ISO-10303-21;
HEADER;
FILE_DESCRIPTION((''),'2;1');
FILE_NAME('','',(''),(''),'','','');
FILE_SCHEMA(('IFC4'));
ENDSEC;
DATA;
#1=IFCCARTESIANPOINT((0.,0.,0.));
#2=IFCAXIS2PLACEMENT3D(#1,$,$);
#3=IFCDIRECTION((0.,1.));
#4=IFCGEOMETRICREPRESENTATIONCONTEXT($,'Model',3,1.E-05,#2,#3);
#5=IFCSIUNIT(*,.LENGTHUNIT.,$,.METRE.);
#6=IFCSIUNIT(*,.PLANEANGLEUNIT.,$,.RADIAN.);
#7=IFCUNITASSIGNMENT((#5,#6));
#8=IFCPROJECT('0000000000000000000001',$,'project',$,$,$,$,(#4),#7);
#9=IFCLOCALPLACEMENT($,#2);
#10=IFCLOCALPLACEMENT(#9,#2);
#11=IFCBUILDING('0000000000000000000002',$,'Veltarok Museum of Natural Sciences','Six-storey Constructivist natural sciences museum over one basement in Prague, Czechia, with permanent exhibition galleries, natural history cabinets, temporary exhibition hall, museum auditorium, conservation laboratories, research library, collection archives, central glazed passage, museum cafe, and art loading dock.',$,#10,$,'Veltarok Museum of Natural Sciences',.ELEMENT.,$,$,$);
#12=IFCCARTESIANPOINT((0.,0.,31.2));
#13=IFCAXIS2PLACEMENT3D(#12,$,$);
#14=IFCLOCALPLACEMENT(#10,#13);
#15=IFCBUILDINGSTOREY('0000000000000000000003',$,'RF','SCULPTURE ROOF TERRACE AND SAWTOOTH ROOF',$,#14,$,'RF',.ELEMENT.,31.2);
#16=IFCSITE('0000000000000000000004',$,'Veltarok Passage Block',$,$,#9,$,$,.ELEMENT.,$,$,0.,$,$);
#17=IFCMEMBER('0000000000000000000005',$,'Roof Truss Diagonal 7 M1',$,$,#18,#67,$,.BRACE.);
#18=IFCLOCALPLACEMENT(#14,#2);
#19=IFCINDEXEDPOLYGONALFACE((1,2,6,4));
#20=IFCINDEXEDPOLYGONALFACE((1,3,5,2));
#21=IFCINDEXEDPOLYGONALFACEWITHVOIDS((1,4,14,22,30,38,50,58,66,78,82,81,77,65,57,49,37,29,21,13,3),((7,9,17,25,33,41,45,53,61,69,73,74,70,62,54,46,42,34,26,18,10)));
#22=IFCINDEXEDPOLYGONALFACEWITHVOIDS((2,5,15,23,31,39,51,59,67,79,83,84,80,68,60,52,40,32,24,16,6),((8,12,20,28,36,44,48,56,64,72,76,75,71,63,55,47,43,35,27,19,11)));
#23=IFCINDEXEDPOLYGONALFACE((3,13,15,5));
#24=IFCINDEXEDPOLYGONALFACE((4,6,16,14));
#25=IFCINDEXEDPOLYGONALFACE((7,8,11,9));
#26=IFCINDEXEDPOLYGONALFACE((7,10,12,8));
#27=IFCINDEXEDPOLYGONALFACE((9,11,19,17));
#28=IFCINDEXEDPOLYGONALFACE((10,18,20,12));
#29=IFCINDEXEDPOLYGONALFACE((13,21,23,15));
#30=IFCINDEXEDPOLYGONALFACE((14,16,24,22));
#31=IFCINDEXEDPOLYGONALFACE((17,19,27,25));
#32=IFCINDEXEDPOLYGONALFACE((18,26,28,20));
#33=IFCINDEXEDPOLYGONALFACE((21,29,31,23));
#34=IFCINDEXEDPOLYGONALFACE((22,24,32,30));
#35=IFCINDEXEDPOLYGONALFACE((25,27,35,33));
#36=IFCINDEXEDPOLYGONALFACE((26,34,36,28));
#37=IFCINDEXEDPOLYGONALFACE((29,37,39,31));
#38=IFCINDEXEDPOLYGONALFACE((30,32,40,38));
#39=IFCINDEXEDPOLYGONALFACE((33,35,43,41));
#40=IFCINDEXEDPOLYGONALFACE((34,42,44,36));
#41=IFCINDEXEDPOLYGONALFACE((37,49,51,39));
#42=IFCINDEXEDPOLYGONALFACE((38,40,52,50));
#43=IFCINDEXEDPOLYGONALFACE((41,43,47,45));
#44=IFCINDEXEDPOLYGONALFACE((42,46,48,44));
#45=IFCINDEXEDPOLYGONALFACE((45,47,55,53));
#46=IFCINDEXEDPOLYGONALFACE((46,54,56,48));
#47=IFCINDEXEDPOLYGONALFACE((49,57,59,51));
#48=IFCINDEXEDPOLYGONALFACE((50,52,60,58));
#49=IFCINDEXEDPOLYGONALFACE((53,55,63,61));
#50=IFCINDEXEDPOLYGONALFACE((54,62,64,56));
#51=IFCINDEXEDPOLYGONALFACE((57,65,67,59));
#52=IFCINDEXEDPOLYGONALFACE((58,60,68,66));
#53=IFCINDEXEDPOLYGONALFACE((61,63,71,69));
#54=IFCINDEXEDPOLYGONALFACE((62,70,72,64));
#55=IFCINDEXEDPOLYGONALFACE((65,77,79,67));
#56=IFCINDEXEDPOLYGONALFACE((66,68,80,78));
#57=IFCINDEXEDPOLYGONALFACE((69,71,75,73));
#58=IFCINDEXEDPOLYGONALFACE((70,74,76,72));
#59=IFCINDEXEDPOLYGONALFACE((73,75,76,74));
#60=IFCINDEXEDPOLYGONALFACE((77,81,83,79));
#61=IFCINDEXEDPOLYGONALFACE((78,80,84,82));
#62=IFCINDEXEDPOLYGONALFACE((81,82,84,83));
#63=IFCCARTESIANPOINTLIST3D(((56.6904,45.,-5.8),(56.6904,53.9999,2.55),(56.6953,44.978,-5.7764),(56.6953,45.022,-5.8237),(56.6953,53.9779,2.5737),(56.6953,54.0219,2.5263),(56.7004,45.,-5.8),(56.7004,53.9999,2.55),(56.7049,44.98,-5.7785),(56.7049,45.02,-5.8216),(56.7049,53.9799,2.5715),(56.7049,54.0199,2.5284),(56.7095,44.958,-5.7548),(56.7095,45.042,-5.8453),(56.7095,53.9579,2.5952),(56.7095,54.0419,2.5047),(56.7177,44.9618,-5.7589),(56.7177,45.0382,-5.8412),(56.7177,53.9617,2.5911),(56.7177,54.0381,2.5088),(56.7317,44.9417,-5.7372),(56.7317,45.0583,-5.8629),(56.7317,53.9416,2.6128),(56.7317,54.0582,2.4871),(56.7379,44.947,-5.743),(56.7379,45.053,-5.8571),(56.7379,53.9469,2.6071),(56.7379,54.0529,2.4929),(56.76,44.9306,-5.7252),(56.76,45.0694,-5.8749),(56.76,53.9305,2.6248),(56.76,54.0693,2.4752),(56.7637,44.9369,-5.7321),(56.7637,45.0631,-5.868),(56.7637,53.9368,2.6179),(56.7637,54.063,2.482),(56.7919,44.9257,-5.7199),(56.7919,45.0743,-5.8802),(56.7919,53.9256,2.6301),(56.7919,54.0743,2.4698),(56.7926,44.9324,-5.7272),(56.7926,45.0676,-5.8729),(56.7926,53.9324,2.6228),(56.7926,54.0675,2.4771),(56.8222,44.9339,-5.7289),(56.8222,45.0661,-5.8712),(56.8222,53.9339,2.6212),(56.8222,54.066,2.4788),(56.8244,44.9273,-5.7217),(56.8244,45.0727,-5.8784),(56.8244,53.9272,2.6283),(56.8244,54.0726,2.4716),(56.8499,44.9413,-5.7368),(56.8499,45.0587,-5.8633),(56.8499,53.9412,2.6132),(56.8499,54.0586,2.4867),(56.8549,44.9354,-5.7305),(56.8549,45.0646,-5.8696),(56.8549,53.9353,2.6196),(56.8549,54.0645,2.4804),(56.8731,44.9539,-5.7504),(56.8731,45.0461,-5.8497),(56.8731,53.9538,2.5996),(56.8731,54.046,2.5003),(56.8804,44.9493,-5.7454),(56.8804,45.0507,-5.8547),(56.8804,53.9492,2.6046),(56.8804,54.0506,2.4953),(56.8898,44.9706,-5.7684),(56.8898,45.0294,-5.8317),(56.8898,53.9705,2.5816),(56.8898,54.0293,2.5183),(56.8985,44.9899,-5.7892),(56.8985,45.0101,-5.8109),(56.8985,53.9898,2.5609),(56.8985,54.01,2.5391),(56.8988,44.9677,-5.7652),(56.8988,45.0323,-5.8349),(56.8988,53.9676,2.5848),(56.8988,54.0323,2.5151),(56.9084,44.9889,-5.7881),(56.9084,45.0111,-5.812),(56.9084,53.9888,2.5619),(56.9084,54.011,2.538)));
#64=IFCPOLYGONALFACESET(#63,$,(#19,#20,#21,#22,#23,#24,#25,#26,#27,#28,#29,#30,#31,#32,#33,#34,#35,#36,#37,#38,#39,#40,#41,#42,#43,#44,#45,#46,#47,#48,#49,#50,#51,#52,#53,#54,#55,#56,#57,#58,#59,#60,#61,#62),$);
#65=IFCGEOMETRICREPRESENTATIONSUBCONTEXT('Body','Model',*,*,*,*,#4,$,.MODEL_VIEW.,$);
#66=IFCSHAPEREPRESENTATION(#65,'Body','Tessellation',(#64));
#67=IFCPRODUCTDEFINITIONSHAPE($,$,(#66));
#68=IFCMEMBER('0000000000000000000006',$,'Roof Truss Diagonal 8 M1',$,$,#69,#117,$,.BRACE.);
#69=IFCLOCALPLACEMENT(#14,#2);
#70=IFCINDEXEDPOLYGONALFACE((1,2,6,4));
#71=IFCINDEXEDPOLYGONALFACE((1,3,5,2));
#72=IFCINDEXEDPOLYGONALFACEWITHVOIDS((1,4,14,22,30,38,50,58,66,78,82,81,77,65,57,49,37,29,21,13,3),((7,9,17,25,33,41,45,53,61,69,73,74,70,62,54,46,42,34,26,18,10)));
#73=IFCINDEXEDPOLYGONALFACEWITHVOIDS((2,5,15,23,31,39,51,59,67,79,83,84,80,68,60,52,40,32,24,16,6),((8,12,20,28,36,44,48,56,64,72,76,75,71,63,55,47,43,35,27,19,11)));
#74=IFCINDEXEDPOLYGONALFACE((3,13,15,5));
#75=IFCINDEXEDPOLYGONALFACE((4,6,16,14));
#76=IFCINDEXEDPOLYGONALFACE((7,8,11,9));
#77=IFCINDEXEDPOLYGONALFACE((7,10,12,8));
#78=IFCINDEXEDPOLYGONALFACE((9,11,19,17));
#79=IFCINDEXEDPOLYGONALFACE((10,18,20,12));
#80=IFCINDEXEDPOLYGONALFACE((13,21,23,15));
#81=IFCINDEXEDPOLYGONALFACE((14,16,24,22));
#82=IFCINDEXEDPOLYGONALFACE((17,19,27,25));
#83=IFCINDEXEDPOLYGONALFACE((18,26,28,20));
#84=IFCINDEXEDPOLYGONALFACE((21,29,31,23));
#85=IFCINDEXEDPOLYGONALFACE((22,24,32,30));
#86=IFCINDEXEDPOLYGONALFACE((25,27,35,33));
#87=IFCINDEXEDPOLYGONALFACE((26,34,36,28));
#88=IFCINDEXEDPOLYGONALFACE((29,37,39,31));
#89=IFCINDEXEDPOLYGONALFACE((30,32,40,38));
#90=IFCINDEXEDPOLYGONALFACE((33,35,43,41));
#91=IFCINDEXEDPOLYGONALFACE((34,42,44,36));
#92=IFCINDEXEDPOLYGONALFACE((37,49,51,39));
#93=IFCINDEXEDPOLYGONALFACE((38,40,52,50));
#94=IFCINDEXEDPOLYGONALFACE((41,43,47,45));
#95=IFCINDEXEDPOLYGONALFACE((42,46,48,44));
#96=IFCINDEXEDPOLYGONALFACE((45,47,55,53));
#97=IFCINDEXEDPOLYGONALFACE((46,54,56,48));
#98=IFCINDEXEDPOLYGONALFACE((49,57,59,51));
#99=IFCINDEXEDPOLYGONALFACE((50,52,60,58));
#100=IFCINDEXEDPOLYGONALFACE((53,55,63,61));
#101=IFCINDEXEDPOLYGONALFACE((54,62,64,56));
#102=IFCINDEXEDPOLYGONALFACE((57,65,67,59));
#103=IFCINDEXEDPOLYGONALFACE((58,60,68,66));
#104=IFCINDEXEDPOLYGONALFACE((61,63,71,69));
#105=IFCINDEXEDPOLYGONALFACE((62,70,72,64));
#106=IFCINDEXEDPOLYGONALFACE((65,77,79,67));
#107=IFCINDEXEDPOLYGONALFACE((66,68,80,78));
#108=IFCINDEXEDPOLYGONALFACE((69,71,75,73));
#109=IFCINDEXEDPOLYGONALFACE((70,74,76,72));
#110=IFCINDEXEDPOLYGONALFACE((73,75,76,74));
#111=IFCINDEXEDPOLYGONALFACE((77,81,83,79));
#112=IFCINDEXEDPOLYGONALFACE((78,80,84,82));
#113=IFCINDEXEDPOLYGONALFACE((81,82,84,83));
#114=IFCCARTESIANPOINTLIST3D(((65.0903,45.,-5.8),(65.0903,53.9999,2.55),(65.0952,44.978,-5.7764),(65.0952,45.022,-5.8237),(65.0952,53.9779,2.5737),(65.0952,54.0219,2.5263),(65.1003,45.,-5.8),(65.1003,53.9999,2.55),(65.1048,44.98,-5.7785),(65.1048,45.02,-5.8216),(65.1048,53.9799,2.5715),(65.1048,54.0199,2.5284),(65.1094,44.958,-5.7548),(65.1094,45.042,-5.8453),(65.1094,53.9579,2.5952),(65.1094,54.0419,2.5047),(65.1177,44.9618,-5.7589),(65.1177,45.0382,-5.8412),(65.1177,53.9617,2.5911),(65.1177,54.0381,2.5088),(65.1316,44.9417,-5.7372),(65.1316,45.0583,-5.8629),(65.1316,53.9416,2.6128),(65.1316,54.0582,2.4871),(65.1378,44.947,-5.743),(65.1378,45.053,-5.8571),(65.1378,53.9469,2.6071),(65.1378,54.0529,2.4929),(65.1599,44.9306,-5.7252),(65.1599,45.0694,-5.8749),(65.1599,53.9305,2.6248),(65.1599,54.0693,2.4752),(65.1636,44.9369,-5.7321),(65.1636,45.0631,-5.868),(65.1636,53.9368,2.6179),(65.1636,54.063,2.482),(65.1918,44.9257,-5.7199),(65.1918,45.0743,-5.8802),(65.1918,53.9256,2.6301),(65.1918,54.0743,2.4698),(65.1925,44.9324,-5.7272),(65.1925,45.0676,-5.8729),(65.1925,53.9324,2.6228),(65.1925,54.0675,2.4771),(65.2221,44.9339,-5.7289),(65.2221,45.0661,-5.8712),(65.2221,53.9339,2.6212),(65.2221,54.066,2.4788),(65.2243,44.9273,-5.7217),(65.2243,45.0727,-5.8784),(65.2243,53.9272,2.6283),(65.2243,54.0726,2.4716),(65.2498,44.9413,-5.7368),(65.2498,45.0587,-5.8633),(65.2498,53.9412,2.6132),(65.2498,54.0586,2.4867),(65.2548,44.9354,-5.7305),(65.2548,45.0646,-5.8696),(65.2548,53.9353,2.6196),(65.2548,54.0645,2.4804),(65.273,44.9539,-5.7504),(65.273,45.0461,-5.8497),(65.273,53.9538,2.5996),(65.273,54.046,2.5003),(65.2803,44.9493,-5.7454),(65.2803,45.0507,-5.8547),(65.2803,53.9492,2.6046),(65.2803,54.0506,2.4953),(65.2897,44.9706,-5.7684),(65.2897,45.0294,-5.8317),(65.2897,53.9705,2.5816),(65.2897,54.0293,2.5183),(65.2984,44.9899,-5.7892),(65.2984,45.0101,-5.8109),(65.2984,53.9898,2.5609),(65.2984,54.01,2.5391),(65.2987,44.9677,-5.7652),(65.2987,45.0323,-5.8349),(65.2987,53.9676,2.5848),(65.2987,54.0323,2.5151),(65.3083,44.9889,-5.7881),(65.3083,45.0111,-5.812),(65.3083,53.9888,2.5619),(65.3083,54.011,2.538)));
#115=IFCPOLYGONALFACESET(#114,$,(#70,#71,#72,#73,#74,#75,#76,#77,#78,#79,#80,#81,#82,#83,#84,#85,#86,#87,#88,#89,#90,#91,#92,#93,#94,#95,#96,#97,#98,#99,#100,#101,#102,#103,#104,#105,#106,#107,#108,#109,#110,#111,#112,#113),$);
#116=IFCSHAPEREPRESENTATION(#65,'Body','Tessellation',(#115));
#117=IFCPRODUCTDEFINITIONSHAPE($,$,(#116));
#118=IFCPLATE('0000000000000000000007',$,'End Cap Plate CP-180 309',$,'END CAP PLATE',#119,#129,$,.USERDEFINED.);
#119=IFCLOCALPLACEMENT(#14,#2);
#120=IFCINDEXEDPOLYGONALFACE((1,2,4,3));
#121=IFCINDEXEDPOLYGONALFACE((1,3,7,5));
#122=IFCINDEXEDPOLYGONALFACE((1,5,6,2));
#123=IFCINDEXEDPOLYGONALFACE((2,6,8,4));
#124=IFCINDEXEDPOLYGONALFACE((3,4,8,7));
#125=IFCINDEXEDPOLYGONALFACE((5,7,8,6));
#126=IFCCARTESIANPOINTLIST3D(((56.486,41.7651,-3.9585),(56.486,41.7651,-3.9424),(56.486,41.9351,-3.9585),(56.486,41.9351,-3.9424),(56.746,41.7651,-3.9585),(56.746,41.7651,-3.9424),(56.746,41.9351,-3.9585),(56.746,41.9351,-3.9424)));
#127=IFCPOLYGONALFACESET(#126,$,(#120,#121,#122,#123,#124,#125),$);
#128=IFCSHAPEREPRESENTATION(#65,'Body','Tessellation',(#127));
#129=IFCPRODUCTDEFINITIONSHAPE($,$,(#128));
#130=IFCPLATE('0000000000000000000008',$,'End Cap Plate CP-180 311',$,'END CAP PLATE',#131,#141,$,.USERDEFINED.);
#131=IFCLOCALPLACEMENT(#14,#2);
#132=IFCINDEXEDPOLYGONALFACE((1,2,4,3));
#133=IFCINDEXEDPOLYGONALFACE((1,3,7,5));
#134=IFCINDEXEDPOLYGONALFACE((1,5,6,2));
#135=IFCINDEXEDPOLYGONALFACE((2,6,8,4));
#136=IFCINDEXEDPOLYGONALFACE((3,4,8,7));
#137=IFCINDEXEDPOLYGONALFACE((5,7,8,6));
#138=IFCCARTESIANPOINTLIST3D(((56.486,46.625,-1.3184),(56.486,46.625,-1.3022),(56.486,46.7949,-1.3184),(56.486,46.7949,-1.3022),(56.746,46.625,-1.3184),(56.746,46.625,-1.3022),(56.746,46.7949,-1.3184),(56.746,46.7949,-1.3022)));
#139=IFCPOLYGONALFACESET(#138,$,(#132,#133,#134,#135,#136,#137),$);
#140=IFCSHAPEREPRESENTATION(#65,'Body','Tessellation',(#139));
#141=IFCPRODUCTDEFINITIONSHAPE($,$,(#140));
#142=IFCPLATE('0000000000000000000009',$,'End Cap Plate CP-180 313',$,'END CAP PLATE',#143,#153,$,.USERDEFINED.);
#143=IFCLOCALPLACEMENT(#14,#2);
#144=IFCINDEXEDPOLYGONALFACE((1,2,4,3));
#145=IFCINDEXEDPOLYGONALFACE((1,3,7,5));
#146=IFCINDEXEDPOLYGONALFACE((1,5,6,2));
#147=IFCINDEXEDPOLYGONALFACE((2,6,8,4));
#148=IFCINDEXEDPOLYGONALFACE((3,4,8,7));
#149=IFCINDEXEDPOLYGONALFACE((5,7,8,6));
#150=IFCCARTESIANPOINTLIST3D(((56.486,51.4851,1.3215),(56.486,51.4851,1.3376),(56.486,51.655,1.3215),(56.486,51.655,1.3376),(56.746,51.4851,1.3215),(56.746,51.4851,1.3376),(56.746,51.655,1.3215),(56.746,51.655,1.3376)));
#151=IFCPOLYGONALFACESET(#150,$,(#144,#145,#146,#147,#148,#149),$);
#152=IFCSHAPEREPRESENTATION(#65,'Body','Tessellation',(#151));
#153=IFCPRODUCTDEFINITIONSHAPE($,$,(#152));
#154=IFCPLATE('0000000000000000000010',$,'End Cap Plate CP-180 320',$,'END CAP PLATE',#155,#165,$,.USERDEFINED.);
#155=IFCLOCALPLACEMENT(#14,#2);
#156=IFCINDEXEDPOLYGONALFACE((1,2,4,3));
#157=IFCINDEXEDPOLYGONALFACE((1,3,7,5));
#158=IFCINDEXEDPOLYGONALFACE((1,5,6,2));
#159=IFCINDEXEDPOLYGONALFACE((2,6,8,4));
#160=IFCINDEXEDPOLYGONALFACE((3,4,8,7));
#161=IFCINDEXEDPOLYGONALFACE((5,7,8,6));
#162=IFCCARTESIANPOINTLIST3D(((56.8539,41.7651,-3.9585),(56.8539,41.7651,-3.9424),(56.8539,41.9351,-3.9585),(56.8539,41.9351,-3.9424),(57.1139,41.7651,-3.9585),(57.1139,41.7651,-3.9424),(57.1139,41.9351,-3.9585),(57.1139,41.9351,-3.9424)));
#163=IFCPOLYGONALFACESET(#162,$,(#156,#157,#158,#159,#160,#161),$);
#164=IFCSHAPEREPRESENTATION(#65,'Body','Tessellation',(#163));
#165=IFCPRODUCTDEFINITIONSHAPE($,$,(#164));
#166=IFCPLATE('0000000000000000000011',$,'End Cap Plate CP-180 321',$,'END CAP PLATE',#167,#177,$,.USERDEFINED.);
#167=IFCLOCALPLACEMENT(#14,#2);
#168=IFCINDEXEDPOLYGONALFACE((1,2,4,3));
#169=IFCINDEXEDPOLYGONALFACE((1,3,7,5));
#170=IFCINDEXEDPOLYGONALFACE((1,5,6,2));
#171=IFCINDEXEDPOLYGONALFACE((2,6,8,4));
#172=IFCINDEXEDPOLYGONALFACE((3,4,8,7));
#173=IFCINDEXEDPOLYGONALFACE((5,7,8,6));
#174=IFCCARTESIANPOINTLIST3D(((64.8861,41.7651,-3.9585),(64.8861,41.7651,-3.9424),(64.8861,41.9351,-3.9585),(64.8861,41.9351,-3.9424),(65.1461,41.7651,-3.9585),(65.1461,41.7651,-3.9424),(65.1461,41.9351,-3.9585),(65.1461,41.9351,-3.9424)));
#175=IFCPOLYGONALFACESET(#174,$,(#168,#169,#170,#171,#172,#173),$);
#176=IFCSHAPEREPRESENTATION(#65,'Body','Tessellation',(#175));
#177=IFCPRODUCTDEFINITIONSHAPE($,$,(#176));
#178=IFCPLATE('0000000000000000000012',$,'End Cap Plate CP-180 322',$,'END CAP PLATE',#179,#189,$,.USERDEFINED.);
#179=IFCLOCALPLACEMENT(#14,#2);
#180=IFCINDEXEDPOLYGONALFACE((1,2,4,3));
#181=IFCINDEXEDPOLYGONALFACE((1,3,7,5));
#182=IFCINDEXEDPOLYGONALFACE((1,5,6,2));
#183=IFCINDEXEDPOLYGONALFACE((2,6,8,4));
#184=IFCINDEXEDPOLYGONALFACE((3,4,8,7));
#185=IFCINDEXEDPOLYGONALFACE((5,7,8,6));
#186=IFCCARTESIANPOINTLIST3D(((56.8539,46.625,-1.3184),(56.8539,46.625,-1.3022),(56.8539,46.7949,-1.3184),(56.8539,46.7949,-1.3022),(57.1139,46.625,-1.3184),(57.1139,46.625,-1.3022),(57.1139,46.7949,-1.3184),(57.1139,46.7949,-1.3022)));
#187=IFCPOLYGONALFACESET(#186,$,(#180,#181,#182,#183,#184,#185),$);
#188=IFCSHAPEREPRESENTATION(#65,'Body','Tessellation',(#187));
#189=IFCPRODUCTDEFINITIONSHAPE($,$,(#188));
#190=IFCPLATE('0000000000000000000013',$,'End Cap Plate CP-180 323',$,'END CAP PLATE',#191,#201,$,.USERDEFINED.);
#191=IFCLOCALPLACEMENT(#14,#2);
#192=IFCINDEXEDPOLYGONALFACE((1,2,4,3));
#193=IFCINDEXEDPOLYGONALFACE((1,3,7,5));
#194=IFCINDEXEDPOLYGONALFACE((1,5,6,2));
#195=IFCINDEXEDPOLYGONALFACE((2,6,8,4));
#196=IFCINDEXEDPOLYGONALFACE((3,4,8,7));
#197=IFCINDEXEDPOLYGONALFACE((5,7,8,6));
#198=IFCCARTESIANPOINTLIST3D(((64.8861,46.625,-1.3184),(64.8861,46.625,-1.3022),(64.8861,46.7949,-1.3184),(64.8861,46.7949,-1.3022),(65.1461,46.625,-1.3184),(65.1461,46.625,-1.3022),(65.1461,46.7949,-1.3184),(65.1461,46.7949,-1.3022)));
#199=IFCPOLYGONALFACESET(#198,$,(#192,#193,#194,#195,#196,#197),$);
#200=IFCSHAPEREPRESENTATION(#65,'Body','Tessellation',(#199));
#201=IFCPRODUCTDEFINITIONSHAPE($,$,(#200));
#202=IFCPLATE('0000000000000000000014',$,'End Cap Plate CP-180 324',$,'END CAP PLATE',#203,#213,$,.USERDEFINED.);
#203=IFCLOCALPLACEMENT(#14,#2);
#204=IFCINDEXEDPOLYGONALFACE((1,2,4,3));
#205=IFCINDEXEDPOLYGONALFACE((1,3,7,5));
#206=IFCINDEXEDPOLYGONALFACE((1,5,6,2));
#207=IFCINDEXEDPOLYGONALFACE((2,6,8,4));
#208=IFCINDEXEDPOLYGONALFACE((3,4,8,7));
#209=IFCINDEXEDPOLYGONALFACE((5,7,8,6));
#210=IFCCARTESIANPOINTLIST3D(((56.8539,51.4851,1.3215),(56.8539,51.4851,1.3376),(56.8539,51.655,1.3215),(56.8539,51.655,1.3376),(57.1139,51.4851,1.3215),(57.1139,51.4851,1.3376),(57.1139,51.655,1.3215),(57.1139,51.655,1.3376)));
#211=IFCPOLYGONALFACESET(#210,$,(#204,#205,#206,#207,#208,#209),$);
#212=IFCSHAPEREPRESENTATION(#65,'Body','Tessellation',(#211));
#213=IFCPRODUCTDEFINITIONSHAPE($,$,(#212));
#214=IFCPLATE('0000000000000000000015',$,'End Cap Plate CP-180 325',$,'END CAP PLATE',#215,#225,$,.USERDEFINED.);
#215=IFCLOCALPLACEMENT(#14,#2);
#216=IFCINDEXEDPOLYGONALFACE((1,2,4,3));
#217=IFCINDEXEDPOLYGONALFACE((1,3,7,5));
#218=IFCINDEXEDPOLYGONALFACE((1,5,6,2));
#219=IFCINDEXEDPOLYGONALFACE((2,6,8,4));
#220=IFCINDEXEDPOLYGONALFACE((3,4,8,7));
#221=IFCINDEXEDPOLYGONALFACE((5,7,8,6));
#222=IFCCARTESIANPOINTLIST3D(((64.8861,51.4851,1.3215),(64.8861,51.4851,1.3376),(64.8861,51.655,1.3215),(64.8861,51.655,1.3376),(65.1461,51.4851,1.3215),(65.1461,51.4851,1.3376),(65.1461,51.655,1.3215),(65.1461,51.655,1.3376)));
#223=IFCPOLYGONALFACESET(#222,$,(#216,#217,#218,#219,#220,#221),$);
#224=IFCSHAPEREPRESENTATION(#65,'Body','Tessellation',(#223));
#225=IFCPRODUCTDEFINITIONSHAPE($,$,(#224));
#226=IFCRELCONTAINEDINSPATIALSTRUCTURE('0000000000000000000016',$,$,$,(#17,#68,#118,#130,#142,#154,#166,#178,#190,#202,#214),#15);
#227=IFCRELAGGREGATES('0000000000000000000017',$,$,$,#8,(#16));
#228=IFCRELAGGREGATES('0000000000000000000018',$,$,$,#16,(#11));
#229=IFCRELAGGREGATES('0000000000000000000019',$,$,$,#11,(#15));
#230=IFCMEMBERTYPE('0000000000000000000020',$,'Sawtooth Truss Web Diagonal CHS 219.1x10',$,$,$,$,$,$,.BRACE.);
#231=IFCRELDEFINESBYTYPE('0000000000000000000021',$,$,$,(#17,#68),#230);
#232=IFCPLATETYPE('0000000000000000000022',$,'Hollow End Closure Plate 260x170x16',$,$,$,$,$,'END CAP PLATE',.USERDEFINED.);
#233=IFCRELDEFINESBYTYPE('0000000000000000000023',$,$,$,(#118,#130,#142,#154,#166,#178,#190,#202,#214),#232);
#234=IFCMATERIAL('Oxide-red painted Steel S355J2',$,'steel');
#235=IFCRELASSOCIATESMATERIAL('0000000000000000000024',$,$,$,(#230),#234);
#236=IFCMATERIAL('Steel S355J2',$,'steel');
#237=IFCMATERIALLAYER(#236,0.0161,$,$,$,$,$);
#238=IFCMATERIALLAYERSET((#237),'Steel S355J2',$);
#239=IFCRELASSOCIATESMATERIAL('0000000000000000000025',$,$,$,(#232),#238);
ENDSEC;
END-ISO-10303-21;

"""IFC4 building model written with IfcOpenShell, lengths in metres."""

from ifc_helpers import new_model, si_unit, direction, frame, origin, origin_2d, place, context, subcontext, project, spatial, rectangle, hollow_circle, extrude, material, layer, layer_set, material_profile, profile_set, type_object, element, save


model = new_model("IFC4")

# Units and contexts
model_context = context("Model", 3, precision=1e-05, world=origin(), true_north=direction((0.0, 1.0)))
body_context = subcontext(model_context, "Body", "Model", "MODEL_VIEW")
ifc_project = project(units=[si_unit("LENGTHUNIT", "METRE"), si_unit("PLANEANGLEUNIT", "RADIAN")], contexts=[model_context])

# Site, building, storey
site_placement = place(None, origin())
site = spatial("IfcSite", under=ifc_project, at=site_placement, Name="Veltarok Passage Block", CompositionType="ELEMENT", RefElevation=0.0)
building_placement = place(site_placement, origin())
building = spatial("IfcBuilding", under=site, at=building_placement, Name="Veltarok Museum of Natural Sciences", Description="Six-storey Constructivist natural sciences museum over one basement in Prague, Czechia, with permanent exhibition galleries, natural history cabinets, temporary exhibition hall, museum auditorium, conservation laboratories, research library, collection archives, central glazed passage, museum cafe, and art loading dock.", LongName="Veltarok Museum of Natural Sciences", CompositionType="ELEMENT")
storey_placement = place(building_placement, frame((0.0, 0.0, 31.2)))
storey = spatial("IfcBuildingStorey", under=building, at=storey_placement, Name="RF", Description="SCULPTURE ROOF TERRACE AND SAWTOOTH ROOF", LongName="RF", CompositionType="ELEMENT", Elevation=31.2)

# Shared definitions
ifc_material_1 = material(Name="Steel S355J2", Category="steel")

# Members
ifc_material_2 = material(Name="Oxide-red painted Steel S355J2", Category="steel")
ifc_material_profile_1 = material_profile(ifc_material_2, hollow_circle(Radius=0.1096, WallThickness=0.01, at=origin_2d()), Name="CHS 219.1x10")
ifc_profile_set_1 = profile_set([ifc_material_profile_1], Name="Oxide-red painted Steel S355J2")
member_type_1 = type_object("IfcMemberType", Name="Sawtooth Truss Web Diagonal CHS 219.1x10", PredefinedType="BRACE", material=ifc_profile_set_1)
for number, where, z_axis, x_axis, name in (
    (1, (56.8, 45.0, -5.8), (0.0, 0.73308, 0.680143), (-1.0, 0.0, 0.0), "Roof Truss Diagonal 7 M1"),
    (2, (65.2, 45.0, -5.8), (0.0, 0.73308, 0.680143), (-1.0, 0.0, 0.0), "Roof Truss Diagonal 8 M1"),
):
    element("IfcMember", number, at=place(storey_placement, frame(where, z_axis=z_axis, x_axis=x_axis)), inside=storey, type_object=member_type_1, Name=name, PredefinedType="BRACE", context=body_context, shape_type="SweptSolid", body=[
        extrude(hollow_circle(Radius=0.1096, WallThickness=0.01, at=origin_2d()), origin(), (0.0, 0.0, 1.0), 12.2769),
    ])

# Plates
ifc_layer_1 = layer(ifc_material_1, 0.0161)
ifc_layer_set_1 = layer_set([ifc_layer_1], Name="Steel S355J2")
plate_type_1 = type_object("IfcPlateType", Name="Hollow End Closure Plate 260x170x16", ElementType="END CAP PLATE", PredefinedType="USERDEFINED", material=ifc_layer_set_1)
for number, where, z_axis, x_axis, name in (
    (3, (56.616, 41.8501, -3.9585), (0.0, 0.0, 1.0), (1.0, 0.0, 0.0), "End Cap Plate CP-180 309"),
    (4, (56.616, 46.71, -1.3184), (0.0, 0.0, 1.0), (1.0, 0.0, 0.0), "End Cap Plate CP-180 311"),
    (5, (56.616, 51.5701, 1.3215), (0.0, 0.0, 1.0), (1.0, 0.0, 0.0), "End Cap Plate CP-180 313"),
    (6, (56.9839, 41.8501, -3.9585), (0.0, 0.0, 1.0), (1.0, 0.0, 0.0), "End Cap Plate CP-180 320"),
    (7, (65.0161, 41.8501, -3.9585), (0.0, 0.0, 1.0), (1.0, 0.0, 0.0), "End Cap Plate CP-180 321"),
    (8, (56.9839, 46.71, -1.3184), (0.0, 0.0, 1.0), (1.0, 0.0, 0.0), "End Cap Plate CP-180 322"),
    (9, (65.0161, 46.71, -1.3184), (0.0, 0.0, 1.0), (1.0, 0.0, 0.0), "End Cap Plate CP-180 323"),
    (10, (56.9839, 51.5701, 1.3215), (0.0, 0.0, 1.0), (1.0, 0.0, 0.0), "End Cap Plate CP-180 324"),
    (11, (65.0161, 51.5701, 1.3215), (0.0, 0.0, 1.0), (1.0, 0.0, 0.0), "End Cap Plate CP-180 325"),
):
    element("IfcPlate", number, at=place(storey_placement, frame(where, z_axis=z_axis, x_axis=x_axis)), inside=storey, type_object=plate_type_1, Name=name, ObjectType="END CAP PLATE", PredefinedType="USERDEFINED", context=body_context, shape_type="SweptSolid", body=[
        extrude(rectangle(XDim=0.26, YDim=0.1699, at=origin_2d()), origin(), (0.0, 0.0, 1.0), 0.0161),
    ])

save(model, "model.ifc")
